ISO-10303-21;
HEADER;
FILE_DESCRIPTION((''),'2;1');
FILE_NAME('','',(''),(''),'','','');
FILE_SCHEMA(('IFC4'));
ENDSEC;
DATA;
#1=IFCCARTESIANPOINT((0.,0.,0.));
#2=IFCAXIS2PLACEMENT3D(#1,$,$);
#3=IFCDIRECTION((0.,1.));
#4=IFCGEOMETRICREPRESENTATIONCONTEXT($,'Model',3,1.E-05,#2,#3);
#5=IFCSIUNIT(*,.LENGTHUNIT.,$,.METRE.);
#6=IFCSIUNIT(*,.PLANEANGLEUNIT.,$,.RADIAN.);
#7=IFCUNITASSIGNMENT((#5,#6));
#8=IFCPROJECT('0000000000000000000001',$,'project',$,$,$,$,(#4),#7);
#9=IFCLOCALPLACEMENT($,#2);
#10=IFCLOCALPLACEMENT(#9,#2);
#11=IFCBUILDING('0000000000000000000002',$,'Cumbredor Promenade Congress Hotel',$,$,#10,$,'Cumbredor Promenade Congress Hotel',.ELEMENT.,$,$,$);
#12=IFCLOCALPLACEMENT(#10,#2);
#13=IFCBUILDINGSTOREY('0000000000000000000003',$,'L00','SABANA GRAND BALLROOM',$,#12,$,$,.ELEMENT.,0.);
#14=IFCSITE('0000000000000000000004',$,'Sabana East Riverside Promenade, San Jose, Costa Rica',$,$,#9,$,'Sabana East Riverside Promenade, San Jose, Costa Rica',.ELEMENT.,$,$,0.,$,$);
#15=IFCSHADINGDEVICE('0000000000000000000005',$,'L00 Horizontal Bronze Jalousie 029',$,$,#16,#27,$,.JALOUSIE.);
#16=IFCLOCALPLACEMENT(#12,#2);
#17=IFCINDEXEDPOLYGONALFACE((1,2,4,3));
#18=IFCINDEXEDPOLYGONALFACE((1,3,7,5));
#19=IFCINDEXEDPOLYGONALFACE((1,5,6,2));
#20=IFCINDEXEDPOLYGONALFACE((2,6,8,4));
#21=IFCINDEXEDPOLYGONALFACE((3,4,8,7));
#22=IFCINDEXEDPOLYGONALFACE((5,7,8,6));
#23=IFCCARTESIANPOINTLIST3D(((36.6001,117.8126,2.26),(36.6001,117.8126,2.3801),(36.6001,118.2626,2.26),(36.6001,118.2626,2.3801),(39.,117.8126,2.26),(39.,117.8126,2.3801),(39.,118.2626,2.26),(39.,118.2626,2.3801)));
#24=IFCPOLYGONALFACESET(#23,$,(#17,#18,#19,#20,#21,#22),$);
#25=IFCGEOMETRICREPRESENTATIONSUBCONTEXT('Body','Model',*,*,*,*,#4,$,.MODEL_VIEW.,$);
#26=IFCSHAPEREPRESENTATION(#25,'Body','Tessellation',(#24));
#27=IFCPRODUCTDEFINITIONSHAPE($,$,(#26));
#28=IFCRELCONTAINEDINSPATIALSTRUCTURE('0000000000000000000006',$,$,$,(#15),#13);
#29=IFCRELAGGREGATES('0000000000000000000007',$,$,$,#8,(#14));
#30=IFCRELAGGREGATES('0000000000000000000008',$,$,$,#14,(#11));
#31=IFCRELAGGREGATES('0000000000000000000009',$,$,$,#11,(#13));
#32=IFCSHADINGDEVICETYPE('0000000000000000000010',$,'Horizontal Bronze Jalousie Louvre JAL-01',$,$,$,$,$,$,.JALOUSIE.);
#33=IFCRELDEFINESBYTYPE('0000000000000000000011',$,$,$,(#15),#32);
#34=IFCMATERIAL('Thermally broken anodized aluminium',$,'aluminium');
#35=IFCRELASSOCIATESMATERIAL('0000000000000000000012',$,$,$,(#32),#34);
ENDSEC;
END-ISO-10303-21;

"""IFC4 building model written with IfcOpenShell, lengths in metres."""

from ifc_helpers import new_model, si_unit, direction, frame, origin, origin_2d, place, context, subcontext, project, spatial, rectangle, extrude, material, type_object, element, save


model = new_model("IFC4")

# Units and contexts
model_context = context("Model", 3, precision=1e-05, world=origin(), true_north=direction((0.0, 1.0)))
body_context = subcontext(model_context, "Body", "Model", "MODEL_VIEW")
ifc_project = project(units=[si_unit("LENGTHUNIT", "METRE"), si_unit("PLANEANGLEUNIT", "RADIAN")], contexts=[model_context])

# Site, building, storey
site_placement = place(None, origin())
site = spatial("IfcSite", under=ifc_project, at=site_placement, Name="Sabana East Riverside Promenade, San Jose, Costa Rica", LongName="Sabana East Riverside Promenade, San Jose, Costa Rica", CompositionType="ELEMENT", RefElevation=0.0)
building_placement = place(site_placement, origin())
building = spatial("IfcBuilding", under=site, at=building_placement, Name="Cumbredor Promenade Congress Hotel", LongName="Cumbredor Promenade Congress Hotel", CompositionType="ELEMENT")
storey_placement = place(building_placement, origin())
storey = spatial("IfcBuildingStorey", under=building, at=storey_placement, Name="L00", Description="SABANA GRAND BALLROOM", CompositionType="ELEMENT", Elevation=0.0)

# Shared definitions
ifc_material_1 = material(Name="Thermally broken anodized aluminium", Category="aluminium")

# Shading device
shading_device_type = type_object("IfcShadingDeviceType", Name="Horizontal Bronze Jalousie Louvre JAL-01", PredefinedType="JALOUSIE", material=ifc_material_1)
shading_device_placement = place(storey_placement, frame((37.8, 118.0376, 2.26), z_axis=(0.0, 0.0, 1.0), x_axis=(1.0, 0.0, 0.0)))
element("IfcShadingDevice", 1, at=shading_device_placement, inside=storey, type_object=shading_device_type, Name="L00 Horizontal Bronze Jalousie 029", PredefinedType="JALOUSIE", context=body_context, shape_type="SweptSolid", body=[
    extrude(rectangle(XDim=2.3999, YDim=0.45, at=origin_2d()), origin(), (0.0, 0.0, 1.0), 0.1201),
])

save(model, "model.ifc")
